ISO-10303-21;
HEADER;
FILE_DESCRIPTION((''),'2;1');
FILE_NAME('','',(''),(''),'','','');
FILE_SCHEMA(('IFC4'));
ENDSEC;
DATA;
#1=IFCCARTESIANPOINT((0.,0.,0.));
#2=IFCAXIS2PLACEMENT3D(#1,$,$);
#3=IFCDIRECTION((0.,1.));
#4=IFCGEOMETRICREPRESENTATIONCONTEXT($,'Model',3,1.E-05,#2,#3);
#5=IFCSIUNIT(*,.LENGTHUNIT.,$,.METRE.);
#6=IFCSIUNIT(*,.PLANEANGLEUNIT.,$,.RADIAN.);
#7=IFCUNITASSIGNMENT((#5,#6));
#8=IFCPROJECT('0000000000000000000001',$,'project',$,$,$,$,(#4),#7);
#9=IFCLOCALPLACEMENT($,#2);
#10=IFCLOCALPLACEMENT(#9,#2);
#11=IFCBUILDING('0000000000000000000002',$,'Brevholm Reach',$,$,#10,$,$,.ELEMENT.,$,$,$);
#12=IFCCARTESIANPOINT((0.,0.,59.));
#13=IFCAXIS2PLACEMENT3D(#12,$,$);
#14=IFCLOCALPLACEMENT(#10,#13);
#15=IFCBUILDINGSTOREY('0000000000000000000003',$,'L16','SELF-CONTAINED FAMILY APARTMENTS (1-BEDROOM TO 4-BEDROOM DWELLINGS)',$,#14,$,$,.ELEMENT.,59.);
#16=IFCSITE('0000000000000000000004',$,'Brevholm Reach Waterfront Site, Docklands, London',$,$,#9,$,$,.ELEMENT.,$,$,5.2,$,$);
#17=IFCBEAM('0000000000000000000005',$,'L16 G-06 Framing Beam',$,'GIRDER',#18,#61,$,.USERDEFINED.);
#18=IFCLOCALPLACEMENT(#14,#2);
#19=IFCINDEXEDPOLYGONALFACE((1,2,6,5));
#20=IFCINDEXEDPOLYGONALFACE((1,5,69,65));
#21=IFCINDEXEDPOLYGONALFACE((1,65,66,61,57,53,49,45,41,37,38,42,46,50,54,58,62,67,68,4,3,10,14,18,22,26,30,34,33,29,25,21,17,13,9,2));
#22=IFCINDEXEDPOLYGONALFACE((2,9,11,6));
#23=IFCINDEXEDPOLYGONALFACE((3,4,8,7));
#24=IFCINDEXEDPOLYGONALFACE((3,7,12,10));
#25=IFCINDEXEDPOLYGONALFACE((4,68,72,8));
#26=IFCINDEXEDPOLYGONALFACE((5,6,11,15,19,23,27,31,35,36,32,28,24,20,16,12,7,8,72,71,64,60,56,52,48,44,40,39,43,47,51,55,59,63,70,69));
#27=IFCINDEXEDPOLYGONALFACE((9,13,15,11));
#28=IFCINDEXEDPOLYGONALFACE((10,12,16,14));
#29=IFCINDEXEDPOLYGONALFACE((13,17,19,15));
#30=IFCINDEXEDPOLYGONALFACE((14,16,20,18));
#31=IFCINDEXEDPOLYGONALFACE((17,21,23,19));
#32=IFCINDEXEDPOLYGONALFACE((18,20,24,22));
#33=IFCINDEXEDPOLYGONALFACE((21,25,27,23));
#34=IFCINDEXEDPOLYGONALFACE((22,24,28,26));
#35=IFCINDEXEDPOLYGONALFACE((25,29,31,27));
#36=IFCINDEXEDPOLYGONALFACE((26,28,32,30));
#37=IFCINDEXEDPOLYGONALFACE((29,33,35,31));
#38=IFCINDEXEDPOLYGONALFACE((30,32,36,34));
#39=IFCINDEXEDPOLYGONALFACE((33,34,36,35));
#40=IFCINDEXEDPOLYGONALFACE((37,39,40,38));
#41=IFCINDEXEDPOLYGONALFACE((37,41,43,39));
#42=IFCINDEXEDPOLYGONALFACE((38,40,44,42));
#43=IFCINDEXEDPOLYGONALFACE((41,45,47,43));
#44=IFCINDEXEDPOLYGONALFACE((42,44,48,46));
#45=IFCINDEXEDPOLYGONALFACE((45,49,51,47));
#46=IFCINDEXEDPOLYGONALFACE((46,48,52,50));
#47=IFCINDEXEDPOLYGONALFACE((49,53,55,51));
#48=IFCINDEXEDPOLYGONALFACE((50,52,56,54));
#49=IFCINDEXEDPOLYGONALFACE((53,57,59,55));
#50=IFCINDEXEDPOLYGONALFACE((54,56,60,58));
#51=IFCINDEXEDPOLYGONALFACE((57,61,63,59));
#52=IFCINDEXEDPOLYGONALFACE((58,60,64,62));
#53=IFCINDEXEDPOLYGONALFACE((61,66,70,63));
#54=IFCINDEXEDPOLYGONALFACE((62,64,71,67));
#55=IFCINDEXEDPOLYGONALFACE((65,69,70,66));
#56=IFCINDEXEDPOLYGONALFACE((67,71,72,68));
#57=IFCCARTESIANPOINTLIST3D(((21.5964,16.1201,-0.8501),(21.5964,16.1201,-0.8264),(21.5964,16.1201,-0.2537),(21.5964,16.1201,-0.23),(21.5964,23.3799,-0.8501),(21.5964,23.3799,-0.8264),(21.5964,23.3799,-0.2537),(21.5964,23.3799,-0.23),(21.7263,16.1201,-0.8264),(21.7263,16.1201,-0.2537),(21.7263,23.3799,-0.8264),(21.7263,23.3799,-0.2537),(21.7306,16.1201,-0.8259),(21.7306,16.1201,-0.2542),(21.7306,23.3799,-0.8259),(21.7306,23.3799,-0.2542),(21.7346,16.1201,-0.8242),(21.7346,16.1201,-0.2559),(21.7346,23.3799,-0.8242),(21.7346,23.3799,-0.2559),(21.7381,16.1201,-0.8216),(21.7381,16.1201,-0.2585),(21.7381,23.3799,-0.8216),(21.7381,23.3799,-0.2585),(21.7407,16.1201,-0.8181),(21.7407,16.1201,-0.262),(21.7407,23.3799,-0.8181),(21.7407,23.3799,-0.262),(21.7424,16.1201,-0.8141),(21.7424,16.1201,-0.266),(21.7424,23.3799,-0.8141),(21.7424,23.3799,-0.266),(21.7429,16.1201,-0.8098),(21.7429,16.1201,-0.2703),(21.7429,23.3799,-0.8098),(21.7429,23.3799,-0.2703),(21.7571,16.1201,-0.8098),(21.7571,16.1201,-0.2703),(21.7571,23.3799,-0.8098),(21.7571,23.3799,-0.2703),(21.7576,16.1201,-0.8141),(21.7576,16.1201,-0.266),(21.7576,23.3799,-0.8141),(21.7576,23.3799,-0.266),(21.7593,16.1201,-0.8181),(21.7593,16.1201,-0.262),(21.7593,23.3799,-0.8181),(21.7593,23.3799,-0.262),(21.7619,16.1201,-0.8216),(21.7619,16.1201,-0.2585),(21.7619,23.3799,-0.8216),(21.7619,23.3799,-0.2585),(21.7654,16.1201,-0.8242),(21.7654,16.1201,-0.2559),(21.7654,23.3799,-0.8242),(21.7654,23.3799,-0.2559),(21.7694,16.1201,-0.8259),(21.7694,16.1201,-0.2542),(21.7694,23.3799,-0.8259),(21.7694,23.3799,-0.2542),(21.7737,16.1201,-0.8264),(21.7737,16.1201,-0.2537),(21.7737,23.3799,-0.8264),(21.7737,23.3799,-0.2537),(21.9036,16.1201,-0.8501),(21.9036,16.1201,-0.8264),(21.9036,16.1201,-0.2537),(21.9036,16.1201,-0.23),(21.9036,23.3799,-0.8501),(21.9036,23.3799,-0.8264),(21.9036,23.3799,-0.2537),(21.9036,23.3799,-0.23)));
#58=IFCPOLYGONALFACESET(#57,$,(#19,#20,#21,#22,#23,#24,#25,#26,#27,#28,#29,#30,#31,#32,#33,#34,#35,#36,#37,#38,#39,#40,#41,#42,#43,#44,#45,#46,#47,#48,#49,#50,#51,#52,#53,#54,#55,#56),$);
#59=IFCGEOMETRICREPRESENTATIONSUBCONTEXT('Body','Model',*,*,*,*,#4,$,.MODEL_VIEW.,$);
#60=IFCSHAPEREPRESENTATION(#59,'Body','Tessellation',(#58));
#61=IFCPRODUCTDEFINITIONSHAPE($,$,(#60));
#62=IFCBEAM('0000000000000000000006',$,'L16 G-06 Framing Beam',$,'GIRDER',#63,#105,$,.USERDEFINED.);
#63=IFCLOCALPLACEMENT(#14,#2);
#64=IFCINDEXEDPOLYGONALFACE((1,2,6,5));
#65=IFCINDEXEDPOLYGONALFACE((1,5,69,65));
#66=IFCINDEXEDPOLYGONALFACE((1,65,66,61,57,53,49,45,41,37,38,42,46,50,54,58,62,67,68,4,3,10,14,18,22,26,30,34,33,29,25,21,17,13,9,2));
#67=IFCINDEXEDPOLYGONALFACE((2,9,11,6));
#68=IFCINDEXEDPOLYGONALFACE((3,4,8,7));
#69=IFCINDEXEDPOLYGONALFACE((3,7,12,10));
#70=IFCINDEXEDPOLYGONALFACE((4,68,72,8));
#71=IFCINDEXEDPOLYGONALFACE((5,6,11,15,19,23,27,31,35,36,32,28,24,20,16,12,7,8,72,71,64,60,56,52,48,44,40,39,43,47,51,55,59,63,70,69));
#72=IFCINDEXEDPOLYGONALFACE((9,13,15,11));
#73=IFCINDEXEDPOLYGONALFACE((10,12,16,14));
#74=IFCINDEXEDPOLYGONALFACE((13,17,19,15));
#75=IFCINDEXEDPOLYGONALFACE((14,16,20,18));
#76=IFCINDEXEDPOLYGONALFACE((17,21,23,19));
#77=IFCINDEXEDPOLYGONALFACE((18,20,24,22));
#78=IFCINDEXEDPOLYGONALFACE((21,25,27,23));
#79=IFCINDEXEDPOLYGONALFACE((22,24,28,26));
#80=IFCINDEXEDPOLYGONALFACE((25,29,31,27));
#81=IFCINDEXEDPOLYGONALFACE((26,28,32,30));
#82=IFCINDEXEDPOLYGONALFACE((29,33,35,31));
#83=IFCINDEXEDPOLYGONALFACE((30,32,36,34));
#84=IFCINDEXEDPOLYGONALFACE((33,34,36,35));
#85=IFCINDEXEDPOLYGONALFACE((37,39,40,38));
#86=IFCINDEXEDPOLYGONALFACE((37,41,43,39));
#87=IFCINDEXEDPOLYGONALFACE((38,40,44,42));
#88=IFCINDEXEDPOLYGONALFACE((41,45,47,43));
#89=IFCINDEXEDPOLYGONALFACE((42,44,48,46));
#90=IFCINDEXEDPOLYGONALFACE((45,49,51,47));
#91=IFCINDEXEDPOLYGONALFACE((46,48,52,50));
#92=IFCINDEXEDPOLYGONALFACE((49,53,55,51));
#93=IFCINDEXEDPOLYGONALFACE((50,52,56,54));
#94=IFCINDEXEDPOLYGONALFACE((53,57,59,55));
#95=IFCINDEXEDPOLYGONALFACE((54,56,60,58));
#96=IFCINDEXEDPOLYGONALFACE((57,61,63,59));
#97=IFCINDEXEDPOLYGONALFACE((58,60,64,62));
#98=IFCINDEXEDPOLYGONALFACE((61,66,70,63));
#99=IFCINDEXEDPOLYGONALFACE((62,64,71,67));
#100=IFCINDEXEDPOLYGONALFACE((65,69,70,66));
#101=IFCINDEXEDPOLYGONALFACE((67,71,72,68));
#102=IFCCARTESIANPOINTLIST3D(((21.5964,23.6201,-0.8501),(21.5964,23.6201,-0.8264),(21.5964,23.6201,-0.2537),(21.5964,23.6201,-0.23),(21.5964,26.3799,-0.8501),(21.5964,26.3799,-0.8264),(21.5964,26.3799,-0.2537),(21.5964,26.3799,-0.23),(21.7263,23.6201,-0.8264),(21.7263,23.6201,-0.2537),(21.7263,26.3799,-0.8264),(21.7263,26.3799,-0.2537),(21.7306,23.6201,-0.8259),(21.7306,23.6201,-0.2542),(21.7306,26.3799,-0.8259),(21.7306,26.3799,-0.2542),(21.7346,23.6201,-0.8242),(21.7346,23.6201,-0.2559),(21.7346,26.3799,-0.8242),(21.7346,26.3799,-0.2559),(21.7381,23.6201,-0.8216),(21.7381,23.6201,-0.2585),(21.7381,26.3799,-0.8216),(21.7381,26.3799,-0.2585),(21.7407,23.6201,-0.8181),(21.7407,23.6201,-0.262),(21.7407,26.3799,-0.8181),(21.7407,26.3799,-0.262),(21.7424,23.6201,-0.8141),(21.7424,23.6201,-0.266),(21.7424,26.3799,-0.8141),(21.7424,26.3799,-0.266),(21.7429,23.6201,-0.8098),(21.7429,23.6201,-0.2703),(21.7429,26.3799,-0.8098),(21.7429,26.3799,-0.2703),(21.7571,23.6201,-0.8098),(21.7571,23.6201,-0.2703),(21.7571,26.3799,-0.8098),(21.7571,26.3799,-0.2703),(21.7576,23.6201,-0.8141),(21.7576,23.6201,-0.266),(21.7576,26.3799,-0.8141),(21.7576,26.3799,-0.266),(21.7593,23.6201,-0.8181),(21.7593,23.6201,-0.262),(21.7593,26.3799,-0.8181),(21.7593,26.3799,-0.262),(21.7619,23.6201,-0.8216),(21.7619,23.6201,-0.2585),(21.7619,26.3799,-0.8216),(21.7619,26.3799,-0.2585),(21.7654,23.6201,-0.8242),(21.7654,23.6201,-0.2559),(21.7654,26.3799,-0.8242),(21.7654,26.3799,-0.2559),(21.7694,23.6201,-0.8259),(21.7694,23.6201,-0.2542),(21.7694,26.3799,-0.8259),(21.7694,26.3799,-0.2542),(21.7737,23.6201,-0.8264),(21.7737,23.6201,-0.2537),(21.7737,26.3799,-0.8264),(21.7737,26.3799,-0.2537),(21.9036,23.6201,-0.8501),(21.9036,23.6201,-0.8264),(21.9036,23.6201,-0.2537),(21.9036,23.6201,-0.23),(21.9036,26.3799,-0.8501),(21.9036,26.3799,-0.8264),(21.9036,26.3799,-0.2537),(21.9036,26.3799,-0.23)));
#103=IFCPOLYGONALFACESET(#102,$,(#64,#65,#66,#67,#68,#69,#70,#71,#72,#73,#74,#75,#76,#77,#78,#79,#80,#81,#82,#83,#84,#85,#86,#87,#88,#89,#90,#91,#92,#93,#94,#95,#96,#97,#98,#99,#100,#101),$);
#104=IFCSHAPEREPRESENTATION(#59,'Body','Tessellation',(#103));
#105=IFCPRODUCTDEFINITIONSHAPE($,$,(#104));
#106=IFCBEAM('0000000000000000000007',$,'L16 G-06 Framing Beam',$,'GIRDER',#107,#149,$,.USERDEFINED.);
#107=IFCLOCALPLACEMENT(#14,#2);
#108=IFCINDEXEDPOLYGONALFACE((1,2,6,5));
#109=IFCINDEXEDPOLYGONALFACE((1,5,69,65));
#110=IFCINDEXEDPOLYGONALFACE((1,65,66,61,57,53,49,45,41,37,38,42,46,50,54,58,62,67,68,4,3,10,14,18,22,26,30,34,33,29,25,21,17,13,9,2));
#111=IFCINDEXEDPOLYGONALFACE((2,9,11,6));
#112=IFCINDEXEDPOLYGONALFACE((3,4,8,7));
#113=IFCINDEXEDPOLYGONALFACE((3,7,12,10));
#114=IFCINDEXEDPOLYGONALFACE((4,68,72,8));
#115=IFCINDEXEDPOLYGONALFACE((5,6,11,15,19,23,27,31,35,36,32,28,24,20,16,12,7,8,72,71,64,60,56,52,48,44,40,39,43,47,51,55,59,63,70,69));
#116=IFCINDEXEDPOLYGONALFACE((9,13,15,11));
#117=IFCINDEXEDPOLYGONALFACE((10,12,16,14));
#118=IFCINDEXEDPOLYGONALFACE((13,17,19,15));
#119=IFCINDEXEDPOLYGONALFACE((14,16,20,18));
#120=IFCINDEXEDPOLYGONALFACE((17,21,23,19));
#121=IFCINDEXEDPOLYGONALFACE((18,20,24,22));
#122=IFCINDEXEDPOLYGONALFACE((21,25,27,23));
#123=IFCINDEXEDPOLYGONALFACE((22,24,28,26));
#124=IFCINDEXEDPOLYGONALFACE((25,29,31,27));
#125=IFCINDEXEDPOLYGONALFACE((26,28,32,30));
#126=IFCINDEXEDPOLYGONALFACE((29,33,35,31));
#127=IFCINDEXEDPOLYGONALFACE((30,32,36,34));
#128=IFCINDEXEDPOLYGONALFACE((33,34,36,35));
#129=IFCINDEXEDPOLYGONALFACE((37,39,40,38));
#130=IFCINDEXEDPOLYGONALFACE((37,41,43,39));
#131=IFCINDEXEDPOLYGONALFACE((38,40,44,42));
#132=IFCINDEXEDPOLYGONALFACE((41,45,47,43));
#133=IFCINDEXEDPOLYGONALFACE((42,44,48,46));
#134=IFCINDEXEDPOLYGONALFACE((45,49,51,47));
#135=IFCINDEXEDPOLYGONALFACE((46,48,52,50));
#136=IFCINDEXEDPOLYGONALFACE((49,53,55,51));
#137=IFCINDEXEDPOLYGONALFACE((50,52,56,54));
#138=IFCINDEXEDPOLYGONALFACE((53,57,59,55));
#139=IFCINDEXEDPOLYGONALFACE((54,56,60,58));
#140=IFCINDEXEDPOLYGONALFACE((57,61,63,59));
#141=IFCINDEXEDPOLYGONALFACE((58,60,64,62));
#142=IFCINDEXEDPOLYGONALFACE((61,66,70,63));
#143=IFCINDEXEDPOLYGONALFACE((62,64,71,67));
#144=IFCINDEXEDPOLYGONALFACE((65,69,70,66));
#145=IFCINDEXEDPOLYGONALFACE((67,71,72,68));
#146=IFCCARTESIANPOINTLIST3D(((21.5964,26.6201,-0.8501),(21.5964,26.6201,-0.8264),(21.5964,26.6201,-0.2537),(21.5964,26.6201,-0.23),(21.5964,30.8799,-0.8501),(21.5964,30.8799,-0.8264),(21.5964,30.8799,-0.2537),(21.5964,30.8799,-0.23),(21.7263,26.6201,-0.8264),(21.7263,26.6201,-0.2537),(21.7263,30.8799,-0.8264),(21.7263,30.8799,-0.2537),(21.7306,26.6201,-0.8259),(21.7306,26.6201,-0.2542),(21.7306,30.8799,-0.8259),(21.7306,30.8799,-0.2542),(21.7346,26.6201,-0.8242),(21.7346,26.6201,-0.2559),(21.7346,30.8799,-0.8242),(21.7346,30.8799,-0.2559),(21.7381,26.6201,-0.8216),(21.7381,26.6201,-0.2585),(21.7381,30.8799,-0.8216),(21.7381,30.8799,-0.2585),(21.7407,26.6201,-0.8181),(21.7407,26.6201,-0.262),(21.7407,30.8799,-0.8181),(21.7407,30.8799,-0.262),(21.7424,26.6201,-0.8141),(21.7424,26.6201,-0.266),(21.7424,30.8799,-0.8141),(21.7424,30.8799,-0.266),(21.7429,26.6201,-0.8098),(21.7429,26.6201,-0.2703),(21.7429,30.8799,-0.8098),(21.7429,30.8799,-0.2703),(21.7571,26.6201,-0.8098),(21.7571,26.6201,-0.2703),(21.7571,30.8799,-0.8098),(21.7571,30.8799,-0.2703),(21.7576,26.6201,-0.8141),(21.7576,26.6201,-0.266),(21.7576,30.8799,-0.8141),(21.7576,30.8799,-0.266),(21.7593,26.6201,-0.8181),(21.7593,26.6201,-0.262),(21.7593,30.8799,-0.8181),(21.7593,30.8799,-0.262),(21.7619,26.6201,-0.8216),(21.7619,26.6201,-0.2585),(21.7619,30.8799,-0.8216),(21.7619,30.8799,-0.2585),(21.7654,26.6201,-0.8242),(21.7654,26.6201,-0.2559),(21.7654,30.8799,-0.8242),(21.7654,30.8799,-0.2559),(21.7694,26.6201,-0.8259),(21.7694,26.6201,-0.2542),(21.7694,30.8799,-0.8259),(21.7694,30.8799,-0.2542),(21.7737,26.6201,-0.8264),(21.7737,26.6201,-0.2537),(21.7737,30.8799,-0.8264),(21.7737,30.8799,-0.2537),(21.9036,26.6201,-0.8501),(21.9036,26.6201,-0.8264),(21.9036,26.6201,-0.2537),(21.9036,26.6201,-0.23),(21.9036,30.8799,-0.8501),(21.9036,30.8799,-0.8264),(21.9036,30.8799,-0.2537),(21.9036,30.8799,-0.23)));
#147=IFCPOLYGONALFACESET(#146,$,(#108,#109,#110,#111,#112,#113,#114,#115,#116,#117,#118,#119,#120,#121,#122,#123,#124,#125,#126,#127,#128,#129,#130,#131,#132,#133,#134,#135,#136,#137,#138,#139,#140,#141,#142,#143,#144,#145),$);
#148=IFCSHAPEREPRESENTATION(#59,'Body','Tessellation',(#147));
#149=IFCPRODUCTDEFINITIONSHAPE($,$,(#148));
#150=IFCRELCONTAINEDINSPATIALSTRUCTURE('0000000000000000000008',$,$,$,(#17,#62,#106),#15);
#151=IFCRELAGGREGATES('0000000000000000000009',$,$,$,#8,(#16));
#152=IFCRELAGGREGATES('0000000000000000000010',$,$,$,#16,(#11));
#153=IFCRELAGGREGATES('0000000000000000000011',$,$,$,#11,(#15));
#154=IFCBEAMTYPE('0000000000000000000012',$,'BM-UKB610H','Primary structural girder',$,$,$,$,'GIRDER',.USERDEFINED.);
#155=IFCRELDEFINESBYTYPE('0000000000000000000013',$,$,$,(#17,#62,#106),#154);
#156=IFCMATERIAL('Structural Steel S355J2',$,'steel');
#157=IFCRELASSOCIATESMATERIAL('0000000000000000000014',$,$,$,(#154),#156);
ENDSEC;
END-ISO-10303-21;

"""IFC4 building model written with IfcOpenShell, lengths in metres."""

from ifc_helpers import new_model, si_unit, direction, frame, origin, origin_2d, place, context, subcontext, project, spatial, i_section, extrude, material, material_profile, profile_set, type_object, element, save


model = new_model("IFC4")

# Units and contexts
model_context = context("Model", 3, precision=1e-05, world=origin(), true_north=direction((0.0, 1.0)))
body_context = subcontext(model_context, "Body", "Model", "MODEL_VIEW")
ifc_project = project(units=[si_unit("LENGTHUNIT", "METRE"), si_unit("PLANEANGLEUNIT", "RADIAN")], contexts=[model_context])

# Site, building, storey
site_placement = place(None, origin())
site = spatial("IfcSite", under=ifc_project, at=site_placement, Name="Brevholm Reach Waterfront Site, Docklands, London", CompositionType="ELEMENT", RefElevation=5.2)
building_placement = place(site_placement, origin())
building = spatial("IfcBuilding", under=site, at=building_placement, Name="Brevholm Reach", CompositionType="ELEMENT")
storey_placement = place(building_placement, frame((0.0, 0.0, 59.0)))
storey = spatial("IfcBuildingStorey", under=building, at=storey_placement, Name="L16", Description="SELF-CONTAINED FAMILY APARTMENTS (1-BEDROOM TO 4-BEDROOM DWELLINGS)", CompositionType="ELEMENT", Elevation=59.0)

# Beams
ifc_material_1 = material(Name="Structural Steel S355J2", Category="steel")
ifc_material_profile_1 = material_profile(ifc_material_1, i_section(OverallWidth=0.3071, OverallDepth=0.6201, WebThickness=0.0142, FlangeThickness=0.0237, FilletRadius=0.0166, at=origin_2d()), Name="UKB 610x305x179")
ifc_profile_set_1 = profile_set([ifc_material_profile_1], Name="Structural Steel S355J2")
beam_type_1 = type_object("IfcBeamType", Name="BM-UKB610H", Description="Primary structural girder", ElementType="GIRDER", PredefinedType="USERDEFINED", material=ifc_profile_set_1)
beam_1_placement = place(storey_placement, frame((21.75, 16.1201, -0.54), z_axis=(0.0, 1.0, 0.0), x_axis=(-1.0, 0.0, 0.0)))
element("IfcBeam", 1, at=beam_1_placement, inside=storey, type_object=beam_type_1, Name="L16 G-06 Framing Beam", ObjectType="GIRDER", PredefinedType="USERDEFINED", context=body_context, shape_type="SweptSolid", body=[
    extrude(i_section(OverallWidth=0.3071, OverallDepth=0.6201, WebThickness=0.0142, FlangeThickness=0.0237, FilletRadius=0.0166, at=origin_2d()), origin(), (0.0, 0.0, 1.0), 7.2598),
])
beam_2_placement = place(storey_placement, frame((21.75, 23.6201, -0.54), z_axis=(0.0, 1.0, 0.0), x_axis=(-1.0, 0.0, 0.0)))
element("IfcBeam", 2, at=beam_2_placement, inside=storey, type_object=beam_type_1, Name="L16 G-06 Framing Beam", ObjectType="GIRDER", PredefinedType="USERDEFINED", context=body_context, shape_type="SweptSolid", body=[
    extrude(i_section(OverallWidth=0.3071, OverallDepth=0.6201, WebThickness=0.0142, FlangeThickness=0.0237, FilletRadius=0.0166, at=origin_2d()), origin(), (0.0, 0.0, 1.0), 2.7598),
])
beam_3_placement = place(storey_placement, frame((21.75, 26.6201, -0.54), z_axis=(0.0, 1.0, 0.0), x_axis=(-1.0, 0.0, 0.0)))
element("IfcBeam", 3, at=beam_3_placement, inside=storey, type_object=beam_type_1, Name="L16 G-06 Framing Beam", ObjectType="GIRDER", PredefinedType="USERDEFINED", context=body_context, shape_type="SweptSolid", body=[
    extrude(i_section(OverallWidth=0.3071, OverallDepth=0.6201, WebThickness=0.0142, FlangeThickness=0.0237, FilletRadius=0.0166, at=origin_2d()), origin(), (0.0, 0.0, 1.0), 4.2598),
])

save(model, "model.ifc")
